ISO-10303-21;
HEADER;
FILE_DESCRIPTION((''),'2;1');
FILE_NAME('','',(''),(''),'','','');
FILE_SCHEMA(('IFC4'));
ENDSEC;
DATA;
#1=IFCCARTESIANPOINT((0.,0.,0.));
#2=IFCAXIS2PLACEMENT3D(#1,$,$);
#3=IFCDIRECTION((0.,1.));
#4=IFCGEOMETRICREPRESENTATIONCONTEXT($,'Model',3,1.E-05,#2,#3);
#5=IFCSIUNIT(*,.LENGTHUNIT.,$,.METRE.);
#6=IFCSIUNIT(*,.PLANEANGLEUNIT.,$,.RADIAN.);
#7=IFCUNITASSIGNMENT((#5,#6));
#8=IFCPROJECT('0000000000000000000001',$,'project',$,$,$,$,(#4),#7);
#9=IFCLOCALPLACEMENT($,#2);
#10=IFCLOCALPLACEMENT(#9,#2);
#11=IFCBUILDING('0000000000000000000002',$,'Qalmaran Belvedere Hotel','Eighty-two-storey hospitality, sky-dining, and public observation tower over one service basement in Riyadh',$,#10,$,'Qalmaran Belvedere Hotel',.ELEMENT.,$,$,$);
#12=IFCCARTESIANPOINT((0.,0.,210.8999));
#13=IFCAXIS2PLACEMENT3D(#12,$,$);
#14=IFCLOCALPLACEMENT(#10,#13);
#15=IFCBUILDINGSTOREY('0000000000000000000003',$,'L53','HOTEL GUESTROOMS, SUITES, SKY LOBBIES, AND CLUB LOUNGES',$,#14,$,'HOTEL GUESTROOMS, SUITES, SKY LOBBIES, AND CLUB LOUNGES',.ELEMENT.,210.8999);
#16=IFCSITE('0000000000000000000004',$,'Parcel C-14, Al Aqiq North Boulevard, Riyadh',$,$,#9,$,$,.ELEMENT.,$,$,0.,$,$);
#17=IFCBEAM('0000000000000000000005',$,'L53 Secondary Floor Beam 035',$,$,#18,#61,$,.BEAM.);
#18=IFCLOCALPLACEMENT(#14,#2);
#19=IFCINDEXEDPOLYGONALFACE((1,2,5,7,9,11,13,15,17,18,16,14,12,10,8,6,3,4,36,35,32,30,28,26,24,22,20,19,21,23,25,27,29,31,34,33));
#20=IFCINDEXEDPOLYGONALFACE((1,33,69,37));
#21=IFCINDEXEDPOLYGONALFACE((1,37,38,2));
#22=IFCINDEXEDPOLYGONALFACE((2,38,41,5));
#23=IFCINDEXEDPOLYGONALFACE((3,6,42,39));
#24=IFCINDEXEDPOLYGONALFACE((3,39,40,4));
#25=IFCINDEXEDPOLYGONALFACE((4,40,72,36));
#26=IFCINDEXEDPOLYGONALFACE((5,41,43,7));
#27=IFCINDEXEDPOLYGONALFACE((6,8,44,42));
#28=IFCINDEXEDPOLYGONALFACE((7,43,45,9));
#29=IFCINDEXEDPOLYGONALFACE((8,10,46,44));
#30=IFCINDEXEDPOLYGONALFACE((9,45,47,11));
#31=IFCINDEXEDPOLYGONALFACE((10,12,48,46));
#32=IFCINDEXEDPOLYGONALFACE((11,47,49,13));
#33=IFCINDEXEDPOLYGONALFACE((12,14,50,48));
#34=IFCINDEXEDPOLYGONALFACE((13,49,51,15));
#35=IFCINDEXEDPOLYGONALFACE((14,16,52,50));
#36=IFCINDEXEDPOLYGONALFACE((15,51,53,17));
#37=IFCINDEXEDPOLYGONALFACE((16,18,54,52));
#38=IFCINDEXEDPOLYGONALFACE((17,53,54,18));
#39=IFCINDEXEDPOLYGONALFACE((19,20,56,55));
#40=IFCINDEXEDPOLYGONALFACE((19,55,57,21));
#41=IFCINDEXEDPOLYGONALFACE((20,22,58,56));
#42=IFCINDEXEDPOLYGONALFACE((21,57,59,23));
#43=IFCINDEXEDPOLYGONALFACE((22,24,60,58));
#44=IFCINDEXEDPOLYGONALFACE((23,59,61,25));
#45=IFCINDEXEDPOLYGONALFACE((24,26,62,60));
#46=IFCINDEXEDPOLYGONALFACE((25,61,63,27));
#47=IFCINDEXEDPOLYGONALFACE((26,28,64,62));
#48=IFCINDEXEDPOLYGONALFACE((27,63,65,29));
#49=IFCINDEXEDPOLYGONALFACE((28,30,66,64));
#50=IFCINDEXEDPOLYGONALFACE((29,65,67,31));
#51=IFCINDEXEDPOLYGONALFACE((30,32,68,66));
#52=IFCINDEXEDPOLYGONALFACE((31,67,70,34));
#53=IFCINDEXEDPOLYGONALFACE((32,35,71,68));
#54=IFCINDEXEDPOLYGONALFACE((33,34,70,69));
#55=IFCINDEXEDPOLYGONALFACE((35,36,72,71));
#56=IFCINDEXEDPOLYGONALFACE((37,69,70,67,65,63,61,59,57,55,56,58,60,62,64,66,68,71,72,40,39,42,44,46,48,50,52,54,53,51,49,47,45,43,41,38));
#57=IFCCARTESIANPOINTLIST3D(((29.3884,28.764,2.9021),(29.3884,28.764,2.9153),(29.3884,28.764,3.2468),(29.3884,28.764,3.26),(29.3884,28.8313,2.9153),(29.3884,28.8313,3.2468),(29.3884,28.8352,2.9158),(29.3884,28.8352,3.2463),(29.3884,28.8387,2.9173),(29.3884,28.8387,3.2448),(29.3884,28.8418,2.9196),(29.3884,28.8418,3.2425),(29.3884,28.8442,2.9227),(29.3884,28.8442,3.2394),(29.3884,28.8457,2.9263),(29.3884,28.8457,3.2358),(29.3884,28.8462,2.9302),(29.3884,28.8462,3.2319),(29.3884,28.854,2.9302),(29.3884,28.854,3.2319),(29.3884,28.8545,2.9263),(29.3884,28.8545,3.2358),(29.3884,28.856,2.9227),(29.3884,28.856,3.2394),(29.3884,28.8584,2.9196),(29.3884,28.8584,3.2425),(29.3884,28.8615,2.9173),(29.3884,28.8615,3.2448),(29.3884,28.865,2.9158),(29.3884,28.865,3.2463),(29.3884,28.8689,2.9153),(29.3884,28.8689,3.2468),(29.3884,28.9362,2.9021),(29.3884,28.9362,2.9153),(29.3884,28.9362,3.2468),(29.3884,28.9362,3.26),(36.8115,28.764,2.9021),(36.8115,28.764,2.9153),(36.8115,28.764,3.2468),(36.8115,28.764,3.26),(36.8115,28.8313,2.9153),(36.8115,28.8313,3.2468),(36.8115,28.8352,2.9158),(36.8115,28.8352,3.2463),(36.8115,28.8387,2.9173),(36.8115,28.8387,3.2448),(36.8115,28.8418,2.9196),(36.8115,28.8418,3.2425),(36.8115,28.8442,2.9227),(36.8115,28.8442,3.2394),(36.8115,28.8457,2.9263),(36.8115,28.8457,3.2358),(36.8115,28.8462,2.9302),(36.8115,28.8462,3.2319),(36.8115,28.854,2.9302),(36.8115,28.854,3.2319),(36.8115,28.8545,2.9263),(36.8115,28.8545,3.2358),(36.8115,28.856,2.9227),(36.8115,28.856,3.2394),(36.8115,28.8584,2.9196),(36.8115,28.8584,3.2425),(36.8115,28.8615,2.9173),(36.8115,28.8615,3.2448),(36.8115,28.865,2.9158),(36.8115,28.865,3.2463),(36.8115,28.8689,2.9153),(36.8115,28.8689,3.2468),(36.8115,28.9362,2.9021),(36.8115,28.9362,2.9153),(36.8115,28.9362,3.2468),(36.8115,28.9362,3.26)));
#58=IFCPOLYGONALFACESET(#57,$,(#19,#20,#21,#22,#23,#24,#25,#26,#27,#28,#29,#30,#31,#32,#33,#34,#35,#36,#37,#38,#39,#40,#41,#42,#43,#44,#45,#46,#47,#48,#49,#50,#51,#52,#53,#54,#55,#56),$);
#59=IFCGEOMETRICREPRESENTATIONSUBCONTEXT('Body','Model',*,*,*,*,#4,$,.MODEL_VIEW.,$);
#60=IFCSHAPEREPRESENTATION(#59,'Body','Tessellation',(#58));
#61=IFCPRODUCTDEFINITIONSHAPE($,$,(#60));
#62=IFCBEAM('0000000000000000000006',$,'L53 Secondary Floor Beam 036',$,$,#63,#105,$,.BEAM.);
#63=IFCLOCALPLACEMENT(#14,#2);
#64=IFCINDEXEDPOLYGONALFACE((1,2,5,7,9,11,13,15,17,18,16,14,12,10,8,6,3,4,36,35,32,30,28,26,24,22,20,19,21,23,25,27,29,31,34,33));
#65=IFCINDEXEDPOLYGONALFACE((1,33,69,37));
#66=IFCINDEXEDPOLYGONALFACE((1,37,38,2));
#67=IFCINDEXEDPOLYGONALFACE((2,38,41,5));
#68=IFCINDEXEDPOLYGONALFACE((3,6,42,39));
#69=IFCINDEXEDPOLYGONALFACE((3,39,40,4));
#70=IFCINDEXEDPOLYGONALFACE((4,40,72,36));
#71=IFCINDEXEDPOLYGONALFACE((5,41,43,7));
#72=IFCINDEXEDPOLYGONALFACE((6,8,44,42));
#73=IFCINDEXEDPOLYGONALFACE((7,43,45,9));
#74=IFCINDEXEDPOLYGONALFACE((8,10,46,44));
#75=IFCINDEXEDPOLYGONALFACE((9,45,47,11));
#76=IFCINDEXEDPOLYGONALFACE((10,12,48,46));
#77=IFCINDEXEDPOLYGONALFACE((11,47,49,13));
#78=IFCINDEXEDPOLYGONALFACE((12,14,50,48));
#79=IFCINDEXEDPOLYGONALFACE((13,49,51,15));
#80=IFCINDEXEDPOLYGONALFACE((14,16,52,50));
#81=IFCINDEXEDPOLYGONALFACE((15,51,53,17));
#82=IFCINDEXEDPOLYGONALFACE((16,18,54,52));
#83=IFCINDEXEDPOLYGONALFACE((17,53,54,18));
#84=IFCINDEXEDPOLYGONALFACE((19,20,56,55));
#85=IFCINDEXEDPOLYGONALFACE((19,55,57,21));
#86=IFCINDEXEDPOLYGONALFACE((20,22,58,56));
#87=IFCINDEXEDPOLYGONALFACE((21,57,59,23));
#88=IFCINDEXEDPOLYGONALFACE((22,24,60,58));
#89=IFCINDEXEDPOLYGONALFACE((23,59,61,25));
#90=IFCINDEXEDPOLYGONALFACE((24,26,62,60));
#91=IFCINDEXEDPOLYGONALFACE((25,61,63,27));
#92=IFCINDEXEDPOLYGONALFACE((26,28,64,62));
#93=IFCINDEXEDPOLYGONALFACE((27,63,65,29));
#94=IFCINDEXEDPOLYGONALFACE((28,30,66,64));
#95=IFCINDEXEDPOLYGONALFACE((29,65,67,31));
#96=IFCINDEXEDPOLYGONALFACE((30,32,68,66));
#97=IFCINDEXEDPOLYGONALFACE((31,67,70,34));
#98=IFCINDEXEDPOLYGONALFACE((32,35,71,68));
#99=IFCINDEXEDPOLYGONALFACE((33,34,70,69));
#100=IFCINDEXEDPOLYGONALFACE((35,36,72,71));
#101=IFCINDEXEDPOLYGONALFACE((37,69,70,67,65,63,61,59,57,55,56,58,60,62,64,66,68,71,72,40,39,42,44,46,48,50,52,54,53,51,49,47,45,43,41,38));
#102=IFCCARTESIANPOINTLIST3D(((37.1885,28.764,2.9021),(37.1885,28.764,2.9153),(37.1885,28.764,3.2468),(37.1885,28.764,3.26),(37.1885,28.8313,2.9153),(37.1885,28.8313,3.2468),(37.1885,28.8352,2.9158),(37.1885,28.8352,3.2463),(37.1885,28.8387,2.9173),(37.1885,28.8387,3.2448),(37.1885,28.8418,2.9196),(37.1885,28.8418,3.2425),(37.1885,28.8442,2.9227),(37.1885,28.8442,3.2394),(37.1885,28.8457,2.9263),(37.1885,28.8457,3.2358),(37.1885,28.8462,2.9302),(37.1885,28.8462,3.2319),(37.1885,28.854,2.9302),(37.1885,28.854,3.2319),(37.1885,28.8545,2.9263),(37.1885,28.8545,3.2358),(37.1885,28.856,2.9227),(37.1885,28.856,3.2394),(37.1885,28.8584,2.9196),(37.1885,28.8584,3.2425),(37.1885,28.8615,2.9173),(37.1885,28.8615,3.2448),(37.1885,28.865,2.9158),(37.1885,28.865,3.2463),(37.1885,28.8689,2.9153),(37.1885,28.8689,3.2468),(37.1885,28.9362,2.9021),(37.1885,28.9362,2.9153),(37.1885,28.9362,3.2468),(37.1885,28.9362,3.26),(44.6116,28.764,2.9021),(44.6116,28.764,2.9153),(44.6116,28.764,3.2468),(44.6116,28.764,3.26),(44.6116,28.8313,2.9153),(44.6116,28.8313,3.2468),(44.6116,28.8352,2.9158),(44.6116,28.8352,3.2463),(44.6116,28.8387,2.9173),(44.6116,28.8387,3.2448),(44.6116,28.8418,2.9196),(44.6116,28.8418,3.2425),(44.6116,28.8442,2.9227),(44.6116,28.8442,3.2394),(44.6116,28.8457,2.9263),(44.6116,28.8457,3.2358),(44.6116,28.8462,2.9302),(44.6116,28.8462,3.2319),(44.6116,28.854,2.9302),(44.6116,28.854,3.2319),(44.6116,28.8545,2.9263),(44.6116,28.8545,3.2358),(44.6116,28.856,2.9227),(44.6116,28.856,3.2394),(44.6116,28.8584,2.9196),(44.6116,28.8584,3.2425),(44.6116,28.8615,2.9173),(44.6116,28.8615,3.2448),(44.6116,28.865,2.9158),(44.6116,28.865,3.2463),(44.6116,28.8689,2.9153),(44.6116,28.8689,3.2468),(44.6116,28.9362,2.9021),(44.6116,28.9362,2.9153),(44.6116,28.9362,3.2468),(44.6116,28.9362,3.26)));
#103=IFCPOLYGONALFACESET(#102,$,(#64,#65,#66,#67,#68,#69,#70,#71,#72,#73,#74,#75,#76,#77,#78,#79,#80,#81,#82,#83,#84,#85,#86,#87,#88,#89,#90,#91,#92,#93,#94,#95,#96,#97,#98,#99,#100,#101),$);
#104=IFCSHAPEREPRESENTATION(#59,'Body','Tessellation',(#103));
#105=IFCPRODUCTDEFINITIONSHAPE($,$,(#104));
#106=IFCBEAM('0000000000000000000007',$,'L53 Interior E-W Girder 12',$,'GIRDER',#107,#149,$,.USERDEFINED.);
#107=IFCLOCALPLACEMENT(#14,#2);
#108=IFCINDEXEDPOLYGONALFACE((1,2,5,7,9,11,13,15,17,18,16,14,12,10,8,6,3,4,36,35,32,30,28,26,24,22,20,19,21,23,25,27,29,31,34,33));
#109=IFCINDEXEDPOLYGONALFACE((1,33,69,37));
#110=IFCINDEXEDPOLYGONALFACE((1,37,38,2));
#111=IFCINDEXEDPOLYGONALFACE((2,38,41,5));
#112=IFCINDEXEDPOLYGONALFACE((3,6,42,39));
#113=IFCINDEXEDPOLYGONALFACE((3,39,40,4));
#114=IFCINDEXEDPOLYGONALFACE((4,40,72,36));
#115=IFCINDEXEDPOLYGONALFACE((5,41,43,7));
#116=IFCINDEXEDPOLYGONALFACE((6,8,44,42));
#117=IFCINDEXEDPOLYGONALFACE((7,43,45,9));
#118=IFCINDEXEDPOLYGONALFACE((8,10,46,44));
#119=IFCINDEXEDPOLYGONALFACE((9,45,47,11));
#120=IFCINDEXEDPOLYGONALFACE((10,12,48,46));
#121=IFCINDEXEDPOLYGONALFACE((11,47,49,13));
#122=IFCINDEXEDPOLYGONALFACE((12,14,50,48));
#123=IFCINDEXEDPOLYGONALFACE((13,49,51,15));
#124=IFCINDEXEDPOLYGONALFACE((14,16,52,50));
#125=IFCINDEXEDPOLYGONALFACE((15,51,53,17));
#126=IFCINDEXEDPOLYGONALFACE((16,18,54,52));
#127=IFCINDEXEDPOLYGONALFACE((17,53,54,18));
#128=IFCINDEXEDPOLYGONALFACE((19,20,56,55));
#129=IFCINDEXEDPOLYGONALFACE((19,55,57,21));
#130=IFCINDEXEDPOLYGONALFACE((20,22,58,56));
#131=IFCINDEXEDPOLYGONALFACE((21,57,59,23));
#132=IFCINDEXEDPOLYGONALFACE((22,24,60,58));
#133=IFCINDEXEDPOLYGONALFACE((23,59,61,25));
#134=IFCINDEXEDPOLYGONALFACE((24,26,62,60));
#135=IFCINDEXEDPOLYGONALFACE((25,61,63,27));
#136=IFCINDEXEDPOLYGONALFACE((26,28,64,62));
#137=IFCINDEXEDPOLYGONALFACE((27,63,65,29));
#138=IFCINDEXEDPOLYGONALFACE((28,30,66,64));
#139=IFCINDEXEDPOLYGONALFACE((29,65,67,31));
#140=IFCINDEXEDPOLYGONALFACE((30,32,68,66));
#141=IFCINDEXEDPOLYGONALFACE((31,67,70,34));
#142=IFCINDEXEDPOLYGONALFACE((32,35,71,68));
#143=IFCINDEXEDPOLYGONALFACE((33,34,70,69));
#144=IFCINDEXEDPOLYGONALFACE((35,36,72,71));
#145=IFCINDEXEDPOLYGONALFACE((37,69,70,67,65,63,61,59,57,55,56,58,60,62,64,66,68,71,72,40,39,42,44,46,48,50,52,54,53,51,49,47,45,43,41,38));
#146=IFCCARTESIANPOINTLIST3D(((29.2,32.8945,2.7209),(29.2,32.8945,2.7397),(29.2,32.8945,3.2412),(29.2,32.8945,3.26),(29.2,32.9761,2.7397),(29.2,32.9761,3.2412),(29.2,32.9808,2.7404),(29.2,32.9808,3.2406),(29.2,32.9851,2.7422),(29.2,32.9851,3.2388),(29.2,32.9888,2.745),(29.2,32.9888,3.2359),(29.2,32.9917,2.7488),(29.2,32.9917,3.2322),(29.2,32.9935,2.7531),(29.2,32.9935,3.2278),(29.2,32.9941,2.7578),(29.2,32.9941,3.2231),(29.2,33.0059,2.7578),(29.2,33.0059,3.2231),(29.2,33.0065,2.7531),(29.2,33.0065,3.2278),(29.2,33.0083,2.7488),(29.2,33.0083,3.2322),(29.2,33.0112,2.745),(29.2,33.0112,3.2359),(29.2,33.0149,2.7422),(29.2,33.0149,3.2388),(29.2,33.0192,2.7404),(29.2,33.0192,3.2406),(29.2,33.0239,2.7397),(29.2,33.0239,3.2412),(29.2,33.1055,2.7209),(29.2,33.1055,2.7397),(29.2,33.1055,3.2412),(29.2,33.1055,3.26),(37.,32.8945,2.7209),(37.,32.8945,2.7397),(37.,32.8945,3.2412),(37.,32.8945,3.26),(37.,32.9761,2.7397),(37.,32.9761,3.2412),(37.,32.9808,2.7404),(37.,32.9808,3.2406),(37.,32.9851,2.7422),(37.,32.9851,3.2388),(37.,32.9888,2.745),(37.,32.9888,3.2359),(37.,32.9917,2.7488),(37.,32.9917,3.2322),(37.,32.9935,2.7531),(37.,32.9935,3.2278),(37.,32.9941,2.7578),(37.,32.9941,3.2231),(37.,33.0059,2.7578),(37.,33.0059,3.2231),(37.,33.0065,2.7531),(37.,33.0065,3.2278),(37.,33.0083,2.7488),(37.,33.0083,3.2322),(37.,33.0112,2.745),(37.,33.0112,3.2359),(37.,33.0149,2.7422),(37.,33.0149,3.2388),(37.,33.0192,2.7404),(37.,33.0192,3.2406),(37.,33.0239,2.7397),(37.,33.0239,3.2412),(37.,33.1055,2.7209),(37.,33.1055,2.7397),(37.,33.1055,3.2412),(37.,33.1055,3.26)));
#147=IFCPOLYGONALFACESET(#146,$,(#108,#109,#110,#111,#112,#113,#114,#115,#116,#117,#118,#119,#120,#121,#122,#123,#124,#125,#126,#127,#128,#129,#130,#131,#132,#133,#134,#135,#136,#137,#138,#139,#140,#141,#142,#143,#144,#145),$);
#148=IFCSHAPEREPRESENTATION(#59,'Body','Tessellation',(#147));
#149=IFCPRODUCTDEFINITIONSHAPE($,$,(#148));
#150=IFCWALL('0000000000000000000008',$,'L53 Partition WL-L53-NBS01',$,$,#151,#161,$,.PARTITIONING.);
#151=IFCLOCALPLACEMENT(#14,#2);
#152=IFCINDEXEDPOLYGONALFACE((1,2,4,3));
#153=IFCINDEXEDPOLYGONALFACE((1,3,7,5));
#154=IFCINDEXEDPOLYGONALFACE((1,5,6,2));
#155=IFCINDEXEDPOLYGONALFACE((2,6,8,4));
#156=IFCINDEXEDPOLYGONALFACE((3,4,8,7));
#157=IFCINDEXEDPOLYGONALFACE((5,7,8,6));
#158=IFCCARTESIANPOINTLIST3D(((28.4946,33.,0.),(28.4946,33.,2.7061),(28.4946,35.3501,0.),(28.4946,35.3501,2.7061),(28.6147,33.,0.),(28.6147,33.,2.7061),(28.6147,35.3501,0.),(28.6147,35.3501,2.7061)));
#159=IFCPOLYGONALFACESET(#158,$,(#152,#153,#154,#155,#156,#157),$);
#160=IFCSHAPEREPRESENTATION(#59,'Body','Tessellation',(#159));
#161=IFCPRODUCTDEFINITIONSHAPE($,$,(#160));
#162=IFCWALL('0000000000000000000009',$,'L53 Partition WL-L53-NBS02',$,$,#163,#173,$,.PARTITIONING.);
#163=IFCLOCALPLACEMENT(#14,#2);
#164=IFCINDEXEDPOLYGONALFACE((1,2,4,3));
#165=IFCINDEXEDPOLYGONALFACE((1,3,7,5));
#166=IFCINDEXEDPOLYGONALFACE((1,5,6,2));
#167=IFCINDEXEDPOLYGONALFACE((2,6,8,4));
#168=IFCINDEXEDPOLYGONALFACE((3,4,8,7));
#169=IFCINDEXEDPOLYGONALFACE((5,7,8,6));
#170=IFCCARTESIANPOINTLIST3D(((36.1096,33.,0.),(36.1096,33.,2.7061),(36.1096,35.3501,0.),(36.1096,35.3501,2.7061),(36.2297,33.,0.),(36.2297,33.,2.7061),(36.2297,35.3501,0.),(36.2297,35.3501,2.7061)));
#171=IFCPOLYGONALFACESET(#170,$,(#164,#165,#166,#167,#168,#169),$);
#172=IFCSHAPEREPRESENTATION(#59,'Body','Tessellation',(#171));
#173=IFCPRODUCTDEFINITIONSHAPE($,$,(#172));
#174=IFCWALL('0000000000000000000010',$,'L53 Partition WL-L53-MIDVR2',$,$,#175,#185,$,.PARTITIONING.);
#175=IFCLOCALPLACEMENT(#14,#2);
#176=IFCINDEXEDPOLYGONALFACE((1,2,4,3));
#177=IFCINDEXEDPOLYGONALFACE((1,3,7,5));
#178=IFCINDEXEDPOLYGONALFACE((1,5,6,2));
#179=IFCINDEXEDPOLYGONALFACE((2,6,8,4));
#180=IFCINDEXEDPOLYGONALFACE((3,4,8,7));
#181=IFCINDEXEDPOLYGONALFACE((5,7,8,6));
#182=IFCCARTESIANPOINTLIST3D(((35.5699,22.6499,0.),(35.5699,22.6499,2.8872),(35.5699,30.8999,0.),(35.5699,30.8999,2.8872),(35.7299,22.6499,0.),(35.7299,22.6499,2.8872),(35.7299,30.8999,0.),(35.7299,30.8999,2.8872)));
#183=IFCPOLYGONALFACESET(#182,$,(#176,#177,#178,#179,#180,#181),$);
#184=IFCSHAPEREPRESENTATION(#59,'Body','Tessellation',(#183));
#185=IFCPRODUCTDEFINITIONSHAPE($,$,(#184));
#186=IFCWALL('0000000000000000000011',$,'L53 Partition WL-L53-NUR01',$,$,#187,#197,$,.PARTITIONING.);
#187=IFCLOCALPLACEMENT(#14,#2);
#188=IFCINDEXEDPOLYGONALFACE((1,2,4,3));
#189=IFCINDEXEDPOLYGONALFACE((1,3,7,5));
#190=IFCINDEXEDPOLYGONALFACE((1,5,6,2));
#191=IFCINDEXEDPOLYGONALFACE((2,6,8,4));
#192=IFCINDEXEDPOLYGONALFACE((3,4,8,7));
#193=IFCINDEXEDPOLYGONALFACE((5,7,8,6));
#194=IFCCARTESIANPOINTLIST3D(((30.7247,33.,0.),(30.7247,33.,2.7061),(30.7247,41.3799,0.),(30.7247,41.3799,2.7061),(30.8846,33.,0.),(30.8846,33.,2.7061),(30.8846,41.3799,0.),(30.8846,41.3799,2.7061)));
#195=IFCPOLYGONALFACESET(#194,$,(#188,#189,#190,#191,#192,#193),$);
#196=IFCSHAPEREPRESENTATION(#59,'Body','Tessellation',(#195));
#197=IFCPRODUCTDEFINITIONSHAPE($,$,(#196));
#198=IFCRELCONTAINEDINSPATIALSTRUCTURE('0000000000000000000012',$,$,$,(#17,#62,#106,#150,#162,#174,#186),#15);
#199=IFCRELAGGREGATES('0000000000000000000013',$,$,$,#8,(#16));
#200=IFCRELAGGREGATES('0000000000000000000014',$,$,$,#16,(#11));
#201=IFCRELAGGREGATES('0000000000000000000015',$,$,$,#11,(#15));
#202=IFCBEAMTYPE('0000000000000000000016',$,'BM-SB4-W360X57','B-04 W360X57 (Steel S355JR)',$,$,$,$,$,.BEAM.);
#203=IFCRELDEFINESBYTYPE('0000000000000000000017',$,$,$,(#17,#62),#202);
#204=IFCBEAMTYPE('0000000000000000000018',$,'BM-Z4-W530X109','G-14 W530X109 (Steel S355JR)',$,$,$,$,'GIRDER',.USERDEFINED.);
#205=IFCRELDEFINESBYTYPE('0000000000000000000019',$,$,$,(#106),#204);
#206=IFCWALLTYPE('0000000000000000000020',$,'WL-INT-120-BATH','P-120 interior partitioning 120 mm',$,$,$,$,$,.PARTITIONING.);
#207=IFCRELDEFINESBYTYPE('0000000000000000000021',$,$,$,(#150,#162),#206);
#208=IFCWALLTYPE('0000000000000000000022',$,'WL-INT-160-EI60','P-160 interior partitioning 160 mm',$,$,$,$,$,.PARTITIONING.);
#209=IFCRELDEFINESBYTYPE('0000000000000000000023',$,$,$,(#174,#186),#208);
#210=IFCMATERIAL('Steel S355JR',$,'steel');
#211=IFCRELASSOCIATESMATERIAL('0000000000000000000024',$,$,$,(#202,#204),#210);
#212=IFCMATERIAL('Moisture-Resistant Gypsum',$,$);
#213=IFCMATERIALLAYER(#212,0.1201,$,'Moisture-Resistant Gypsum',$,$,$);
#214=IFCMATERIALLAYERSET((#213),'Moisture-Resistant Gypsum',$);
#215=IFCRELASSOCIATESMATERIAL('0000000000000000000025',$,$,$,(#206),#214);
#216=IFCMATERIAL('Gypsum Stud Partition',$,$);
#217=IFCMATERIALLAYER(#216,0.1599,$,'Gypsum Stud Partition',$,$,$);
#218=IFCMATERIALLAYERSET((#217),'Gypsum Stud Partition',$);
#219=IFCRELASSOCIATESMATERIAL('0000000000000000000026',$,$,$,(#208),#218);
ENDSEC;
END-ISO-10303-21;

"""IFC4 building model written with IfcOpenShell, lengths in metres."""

from ifc_helpers import new_model, si_unit, direction, frame, frame_2d, origin, origin_2d, place, context, subcontext, project, spatial, rectangle, i_section, extrude, material, layer, layer_set, material_profile, profile_set, type_object, element, save


model = new_model("IFC4")

# Units and contexts
model_context = context("Model", 3, precision=1e-05, world=origin(), true_north=direction((0.0, 1.0)))
body_context = subcontext(model_context, "Body", "Model", "MODEL_VIEW")
ifc_project = project(units=[si_unit("LENGTHUNIT", "METRE"), si_unit("PLANEANGLEUNIT", "RADIAN")], contexts=[model_context])

# Site, building, storey
site_placement = place(None, origin())
site = spatial("IfcSite", under=ifc_project, at=site_placement, Name="Parcel C-14, Al Aqiq North Boulevard, Riyadh", CompositionType="ELEMENT", RefElevation=0.0)
building_placement = place(site_placement, origin())
building = spatial("IfcBuilding", under=site, at=building_placement, Name="Qalmaran Belvedere Hotel", Description="Eighty-two-storey hospitality, sky-dining, and public observation tower over one service basement in Riyadh", LongName="Qalmaran Belvedere Hotel", CompositionType="ELEMENT")
storey_placement = place(building_placement, frame((0.0, 0.0, 210.8999)))
storey = spatial("IfcBuildingStorey", under=building, at=storey_placement, Name="L53", Description="HOTEL GUESTROOMS, SUITES, SKY LOBBIES, AND CLUB LOUNGES", LongName="HOTEL GUESTROOMS, SUITES, SKY LOBBIES, AND CLUB LOUNGES", CompositionType="ELEMENT", Elevation=210.8999)

# Beams
ifc_material_1 = material(Name="Steel S355JR", Category="steel")
ifc_material_profile_1 = material_profile(ifc_material_1, i_section(OverallWidth=0.1721, OverallDepth=0.3579, WebThickness=0.0078, FlangeThickness=0.0132, FilletRadius=0.0149, at=origin_2d()), Name="W360X57")
ifc_profile_set_1 = profile_set([ifc_material_profile_1], Name="Steel S355JR")
beam_type_1 = type_object("IfcBeamType", Name="BM-SB4-W360X57", Description="B-04 W360X57 (Steel S355JR)", PredefinedType="BEAM", material=ifc_profile_set_1)
for number, where, z_axis, x_axis, name in (
    (1, (29.3884, 28.8501, 3.0811), (1.0, 0.0, 0.0), (0.0, 1.0, 0.0), "L53 Secondary Floor Beam 035"),
    (2, (37.1885, 28.8501, 3.0811), (1.0, 0.0, 0.0), (0.0, 1.0, 0.0), "L53 Secondary Floor Beam 036"),
):
    element("IfcBeam", number, at=place(storey_placement, frame(where, z_axis=z_axis, x_axis=x_axis)), inside=storey, type_object=beam_type_1, Name=name, PredefinedType="BEAM", context=body_context, shape_type="SweptSolid", body=[
        extrude(i_section(OverallWidth=0.1721, OverallDepth=0.3579, WebThickness=0.0078, FlangeThickness=0.0132, FilletRadius=0.0149, at=origin_2d()), origin(), (0.0, 0.0, 1.0), 7.4231),
    ])
ifc_material_profile_2 = material_profile(ifc_material_1, i_section(OverallWidth=0.2109, OverallDepth=0.5391, WebThickness=0.0117, FlangeThickness=0.0188, FilletRadius=0.0181, at=origin_2d()), Name="W530X109")
ifc_profile_set_2 = profile_set([ifc_material_profile_2], Name="Steel S355JR")
beam_type_2 = type_object("IfcBeamType", Name="BM-Z4-W530X109", Description="G-14 W530X109 (Steel S355JR)", ElementType="GIRDER", PredefinedType="USERDEFINED", material=ifc_profile_set_2)
beam_1_placement = place(storey_placement, frame((29.2, 33.0, 2.9905), z_axis=(1.0, 0.0, 0.0), x_axis=(0.0, 1.0, 0.0)))
element("IfcBeam", 3, at=beam_1_placement, inside=storey, type_object=beam_type_2, Name="L53 Interior E-W Girder 12", ObjectType="GIRDER", PredefinedType="USERDEFINED", context=body_context, shape_type="SweptSolid", body=[
    extrude(i_section(OverallWidth=0.2109, OverallDepth=0.5391, WebThickness=0.0117, FlangeThickness=0.0188, FilletRadius=0.0181, at=origin_2d()), origin(), (0.0, 0.0, 1.0), 7.8),
])

# Walls
ifc_material_2 = material(Name="Moisture-Resistant Gypsum")
ifc_layer_1 = layer(ifc_material_2, 0.1201, Name="Moisture-Resistant Gypsum")
ifc_layer_set_1 = layer_set([ifc_layer_1], Name="Moisture-Resistant Gypsum")
wall_type_1 = type_object("IfcWallType", Name="WL-INT-120-BATH", Description="P-120 interior partitioning 120 mm", PredefinedType="PARTITIONING", material=ifc_layer_set_1)
for number, where, z_axis, x_axis, name in (
    (4, (28.5547, 33.0, 0.0), (0.0, 0.0, 1.0), (0.0, 1.0, 0.0), "L53 Partition WL-L53-NBS01"),
    (5, (36.1697, 33.0, 0.0), (0.0, 0.0, 1.0), (0.0, 1.0, 0.0), "L53 Partition WL-L53-NBS02"),
):
    element("IfcWall", number, at=place(storey_placement, frame(where, z_axis=z_axis, x_axis=x_axis)), inside=storey, type_object=wall_type_1, Name=name, PredefinedType="PARTITIONING", context=body_context, shape_type="SweptSolid", body=[
        extrude(rectangle(XDim=2.3501, YDim=0.1201, at=frame_2d((1.175, 0.0))), origin(), (0.0, 0.0, 1.0), 2.7061),
    ])
ifc_material_3 = material(Name="Gypsum Stud Partition")
ifc_layer_2 = layer(ifc_material_3, 0.1599, Name="Gypsum Stud Partition")
ifc_layer_set_2 = layer_set([ifc_layer_2], Name="Gypsum Stud Partition")
wall_type_2 = type_object("IfcWallType", Name="WL-INT-160-EI60", Description="P-160 interior partitioning 160 mm", PredefinedType="PARTITIONING", material=ifc_layer_set_2)
wall_1_placement = place(storey_placement, frame((35.6499, 22.6499, 0.0), z_axis=(0.0, 0.0, 1.0), x_axis=(0.0, 1.0, 0.0)))
element("IfcWall", 6, at=wall_1_placement, inside=storey, type_object=wall_type_2, Name="L53 Partition WL-L53-MIDVR2", PredefinedType="PARTITIONING", context=body_context, shape_type="SweptSolid", body=[
    extrude(rectangle(XDim=8.25, YDim=0.1599, at=frame_2d((4.125, 0.0))), origin(), (0.0, 0.0, 1.0), 2.8872),
])
wall_2_placement = place(storey_placement, frame((30.8047, 33.0, 0.0), z_axis=(0.0, 0.0, 1.0), x_axis=(0.0, 1.0, 0.0)))
element("IfcWall", 7, at=wall_2_placement, inside=storey, type_object=wall_type_2, Name="L53 Partition WL-L53-NUR01", PredefinedType="PARTITIONING", context=body_context, shape_type="SweptSolid", body=[
    extrude(rectangle(XDim=8.3799, YDim=0.1599, at=frame_2d((4.1899, 0.0))), origin(), (0.0, 0.0, 1.0), 2.7061),
])

save(model, "model.ifc")
